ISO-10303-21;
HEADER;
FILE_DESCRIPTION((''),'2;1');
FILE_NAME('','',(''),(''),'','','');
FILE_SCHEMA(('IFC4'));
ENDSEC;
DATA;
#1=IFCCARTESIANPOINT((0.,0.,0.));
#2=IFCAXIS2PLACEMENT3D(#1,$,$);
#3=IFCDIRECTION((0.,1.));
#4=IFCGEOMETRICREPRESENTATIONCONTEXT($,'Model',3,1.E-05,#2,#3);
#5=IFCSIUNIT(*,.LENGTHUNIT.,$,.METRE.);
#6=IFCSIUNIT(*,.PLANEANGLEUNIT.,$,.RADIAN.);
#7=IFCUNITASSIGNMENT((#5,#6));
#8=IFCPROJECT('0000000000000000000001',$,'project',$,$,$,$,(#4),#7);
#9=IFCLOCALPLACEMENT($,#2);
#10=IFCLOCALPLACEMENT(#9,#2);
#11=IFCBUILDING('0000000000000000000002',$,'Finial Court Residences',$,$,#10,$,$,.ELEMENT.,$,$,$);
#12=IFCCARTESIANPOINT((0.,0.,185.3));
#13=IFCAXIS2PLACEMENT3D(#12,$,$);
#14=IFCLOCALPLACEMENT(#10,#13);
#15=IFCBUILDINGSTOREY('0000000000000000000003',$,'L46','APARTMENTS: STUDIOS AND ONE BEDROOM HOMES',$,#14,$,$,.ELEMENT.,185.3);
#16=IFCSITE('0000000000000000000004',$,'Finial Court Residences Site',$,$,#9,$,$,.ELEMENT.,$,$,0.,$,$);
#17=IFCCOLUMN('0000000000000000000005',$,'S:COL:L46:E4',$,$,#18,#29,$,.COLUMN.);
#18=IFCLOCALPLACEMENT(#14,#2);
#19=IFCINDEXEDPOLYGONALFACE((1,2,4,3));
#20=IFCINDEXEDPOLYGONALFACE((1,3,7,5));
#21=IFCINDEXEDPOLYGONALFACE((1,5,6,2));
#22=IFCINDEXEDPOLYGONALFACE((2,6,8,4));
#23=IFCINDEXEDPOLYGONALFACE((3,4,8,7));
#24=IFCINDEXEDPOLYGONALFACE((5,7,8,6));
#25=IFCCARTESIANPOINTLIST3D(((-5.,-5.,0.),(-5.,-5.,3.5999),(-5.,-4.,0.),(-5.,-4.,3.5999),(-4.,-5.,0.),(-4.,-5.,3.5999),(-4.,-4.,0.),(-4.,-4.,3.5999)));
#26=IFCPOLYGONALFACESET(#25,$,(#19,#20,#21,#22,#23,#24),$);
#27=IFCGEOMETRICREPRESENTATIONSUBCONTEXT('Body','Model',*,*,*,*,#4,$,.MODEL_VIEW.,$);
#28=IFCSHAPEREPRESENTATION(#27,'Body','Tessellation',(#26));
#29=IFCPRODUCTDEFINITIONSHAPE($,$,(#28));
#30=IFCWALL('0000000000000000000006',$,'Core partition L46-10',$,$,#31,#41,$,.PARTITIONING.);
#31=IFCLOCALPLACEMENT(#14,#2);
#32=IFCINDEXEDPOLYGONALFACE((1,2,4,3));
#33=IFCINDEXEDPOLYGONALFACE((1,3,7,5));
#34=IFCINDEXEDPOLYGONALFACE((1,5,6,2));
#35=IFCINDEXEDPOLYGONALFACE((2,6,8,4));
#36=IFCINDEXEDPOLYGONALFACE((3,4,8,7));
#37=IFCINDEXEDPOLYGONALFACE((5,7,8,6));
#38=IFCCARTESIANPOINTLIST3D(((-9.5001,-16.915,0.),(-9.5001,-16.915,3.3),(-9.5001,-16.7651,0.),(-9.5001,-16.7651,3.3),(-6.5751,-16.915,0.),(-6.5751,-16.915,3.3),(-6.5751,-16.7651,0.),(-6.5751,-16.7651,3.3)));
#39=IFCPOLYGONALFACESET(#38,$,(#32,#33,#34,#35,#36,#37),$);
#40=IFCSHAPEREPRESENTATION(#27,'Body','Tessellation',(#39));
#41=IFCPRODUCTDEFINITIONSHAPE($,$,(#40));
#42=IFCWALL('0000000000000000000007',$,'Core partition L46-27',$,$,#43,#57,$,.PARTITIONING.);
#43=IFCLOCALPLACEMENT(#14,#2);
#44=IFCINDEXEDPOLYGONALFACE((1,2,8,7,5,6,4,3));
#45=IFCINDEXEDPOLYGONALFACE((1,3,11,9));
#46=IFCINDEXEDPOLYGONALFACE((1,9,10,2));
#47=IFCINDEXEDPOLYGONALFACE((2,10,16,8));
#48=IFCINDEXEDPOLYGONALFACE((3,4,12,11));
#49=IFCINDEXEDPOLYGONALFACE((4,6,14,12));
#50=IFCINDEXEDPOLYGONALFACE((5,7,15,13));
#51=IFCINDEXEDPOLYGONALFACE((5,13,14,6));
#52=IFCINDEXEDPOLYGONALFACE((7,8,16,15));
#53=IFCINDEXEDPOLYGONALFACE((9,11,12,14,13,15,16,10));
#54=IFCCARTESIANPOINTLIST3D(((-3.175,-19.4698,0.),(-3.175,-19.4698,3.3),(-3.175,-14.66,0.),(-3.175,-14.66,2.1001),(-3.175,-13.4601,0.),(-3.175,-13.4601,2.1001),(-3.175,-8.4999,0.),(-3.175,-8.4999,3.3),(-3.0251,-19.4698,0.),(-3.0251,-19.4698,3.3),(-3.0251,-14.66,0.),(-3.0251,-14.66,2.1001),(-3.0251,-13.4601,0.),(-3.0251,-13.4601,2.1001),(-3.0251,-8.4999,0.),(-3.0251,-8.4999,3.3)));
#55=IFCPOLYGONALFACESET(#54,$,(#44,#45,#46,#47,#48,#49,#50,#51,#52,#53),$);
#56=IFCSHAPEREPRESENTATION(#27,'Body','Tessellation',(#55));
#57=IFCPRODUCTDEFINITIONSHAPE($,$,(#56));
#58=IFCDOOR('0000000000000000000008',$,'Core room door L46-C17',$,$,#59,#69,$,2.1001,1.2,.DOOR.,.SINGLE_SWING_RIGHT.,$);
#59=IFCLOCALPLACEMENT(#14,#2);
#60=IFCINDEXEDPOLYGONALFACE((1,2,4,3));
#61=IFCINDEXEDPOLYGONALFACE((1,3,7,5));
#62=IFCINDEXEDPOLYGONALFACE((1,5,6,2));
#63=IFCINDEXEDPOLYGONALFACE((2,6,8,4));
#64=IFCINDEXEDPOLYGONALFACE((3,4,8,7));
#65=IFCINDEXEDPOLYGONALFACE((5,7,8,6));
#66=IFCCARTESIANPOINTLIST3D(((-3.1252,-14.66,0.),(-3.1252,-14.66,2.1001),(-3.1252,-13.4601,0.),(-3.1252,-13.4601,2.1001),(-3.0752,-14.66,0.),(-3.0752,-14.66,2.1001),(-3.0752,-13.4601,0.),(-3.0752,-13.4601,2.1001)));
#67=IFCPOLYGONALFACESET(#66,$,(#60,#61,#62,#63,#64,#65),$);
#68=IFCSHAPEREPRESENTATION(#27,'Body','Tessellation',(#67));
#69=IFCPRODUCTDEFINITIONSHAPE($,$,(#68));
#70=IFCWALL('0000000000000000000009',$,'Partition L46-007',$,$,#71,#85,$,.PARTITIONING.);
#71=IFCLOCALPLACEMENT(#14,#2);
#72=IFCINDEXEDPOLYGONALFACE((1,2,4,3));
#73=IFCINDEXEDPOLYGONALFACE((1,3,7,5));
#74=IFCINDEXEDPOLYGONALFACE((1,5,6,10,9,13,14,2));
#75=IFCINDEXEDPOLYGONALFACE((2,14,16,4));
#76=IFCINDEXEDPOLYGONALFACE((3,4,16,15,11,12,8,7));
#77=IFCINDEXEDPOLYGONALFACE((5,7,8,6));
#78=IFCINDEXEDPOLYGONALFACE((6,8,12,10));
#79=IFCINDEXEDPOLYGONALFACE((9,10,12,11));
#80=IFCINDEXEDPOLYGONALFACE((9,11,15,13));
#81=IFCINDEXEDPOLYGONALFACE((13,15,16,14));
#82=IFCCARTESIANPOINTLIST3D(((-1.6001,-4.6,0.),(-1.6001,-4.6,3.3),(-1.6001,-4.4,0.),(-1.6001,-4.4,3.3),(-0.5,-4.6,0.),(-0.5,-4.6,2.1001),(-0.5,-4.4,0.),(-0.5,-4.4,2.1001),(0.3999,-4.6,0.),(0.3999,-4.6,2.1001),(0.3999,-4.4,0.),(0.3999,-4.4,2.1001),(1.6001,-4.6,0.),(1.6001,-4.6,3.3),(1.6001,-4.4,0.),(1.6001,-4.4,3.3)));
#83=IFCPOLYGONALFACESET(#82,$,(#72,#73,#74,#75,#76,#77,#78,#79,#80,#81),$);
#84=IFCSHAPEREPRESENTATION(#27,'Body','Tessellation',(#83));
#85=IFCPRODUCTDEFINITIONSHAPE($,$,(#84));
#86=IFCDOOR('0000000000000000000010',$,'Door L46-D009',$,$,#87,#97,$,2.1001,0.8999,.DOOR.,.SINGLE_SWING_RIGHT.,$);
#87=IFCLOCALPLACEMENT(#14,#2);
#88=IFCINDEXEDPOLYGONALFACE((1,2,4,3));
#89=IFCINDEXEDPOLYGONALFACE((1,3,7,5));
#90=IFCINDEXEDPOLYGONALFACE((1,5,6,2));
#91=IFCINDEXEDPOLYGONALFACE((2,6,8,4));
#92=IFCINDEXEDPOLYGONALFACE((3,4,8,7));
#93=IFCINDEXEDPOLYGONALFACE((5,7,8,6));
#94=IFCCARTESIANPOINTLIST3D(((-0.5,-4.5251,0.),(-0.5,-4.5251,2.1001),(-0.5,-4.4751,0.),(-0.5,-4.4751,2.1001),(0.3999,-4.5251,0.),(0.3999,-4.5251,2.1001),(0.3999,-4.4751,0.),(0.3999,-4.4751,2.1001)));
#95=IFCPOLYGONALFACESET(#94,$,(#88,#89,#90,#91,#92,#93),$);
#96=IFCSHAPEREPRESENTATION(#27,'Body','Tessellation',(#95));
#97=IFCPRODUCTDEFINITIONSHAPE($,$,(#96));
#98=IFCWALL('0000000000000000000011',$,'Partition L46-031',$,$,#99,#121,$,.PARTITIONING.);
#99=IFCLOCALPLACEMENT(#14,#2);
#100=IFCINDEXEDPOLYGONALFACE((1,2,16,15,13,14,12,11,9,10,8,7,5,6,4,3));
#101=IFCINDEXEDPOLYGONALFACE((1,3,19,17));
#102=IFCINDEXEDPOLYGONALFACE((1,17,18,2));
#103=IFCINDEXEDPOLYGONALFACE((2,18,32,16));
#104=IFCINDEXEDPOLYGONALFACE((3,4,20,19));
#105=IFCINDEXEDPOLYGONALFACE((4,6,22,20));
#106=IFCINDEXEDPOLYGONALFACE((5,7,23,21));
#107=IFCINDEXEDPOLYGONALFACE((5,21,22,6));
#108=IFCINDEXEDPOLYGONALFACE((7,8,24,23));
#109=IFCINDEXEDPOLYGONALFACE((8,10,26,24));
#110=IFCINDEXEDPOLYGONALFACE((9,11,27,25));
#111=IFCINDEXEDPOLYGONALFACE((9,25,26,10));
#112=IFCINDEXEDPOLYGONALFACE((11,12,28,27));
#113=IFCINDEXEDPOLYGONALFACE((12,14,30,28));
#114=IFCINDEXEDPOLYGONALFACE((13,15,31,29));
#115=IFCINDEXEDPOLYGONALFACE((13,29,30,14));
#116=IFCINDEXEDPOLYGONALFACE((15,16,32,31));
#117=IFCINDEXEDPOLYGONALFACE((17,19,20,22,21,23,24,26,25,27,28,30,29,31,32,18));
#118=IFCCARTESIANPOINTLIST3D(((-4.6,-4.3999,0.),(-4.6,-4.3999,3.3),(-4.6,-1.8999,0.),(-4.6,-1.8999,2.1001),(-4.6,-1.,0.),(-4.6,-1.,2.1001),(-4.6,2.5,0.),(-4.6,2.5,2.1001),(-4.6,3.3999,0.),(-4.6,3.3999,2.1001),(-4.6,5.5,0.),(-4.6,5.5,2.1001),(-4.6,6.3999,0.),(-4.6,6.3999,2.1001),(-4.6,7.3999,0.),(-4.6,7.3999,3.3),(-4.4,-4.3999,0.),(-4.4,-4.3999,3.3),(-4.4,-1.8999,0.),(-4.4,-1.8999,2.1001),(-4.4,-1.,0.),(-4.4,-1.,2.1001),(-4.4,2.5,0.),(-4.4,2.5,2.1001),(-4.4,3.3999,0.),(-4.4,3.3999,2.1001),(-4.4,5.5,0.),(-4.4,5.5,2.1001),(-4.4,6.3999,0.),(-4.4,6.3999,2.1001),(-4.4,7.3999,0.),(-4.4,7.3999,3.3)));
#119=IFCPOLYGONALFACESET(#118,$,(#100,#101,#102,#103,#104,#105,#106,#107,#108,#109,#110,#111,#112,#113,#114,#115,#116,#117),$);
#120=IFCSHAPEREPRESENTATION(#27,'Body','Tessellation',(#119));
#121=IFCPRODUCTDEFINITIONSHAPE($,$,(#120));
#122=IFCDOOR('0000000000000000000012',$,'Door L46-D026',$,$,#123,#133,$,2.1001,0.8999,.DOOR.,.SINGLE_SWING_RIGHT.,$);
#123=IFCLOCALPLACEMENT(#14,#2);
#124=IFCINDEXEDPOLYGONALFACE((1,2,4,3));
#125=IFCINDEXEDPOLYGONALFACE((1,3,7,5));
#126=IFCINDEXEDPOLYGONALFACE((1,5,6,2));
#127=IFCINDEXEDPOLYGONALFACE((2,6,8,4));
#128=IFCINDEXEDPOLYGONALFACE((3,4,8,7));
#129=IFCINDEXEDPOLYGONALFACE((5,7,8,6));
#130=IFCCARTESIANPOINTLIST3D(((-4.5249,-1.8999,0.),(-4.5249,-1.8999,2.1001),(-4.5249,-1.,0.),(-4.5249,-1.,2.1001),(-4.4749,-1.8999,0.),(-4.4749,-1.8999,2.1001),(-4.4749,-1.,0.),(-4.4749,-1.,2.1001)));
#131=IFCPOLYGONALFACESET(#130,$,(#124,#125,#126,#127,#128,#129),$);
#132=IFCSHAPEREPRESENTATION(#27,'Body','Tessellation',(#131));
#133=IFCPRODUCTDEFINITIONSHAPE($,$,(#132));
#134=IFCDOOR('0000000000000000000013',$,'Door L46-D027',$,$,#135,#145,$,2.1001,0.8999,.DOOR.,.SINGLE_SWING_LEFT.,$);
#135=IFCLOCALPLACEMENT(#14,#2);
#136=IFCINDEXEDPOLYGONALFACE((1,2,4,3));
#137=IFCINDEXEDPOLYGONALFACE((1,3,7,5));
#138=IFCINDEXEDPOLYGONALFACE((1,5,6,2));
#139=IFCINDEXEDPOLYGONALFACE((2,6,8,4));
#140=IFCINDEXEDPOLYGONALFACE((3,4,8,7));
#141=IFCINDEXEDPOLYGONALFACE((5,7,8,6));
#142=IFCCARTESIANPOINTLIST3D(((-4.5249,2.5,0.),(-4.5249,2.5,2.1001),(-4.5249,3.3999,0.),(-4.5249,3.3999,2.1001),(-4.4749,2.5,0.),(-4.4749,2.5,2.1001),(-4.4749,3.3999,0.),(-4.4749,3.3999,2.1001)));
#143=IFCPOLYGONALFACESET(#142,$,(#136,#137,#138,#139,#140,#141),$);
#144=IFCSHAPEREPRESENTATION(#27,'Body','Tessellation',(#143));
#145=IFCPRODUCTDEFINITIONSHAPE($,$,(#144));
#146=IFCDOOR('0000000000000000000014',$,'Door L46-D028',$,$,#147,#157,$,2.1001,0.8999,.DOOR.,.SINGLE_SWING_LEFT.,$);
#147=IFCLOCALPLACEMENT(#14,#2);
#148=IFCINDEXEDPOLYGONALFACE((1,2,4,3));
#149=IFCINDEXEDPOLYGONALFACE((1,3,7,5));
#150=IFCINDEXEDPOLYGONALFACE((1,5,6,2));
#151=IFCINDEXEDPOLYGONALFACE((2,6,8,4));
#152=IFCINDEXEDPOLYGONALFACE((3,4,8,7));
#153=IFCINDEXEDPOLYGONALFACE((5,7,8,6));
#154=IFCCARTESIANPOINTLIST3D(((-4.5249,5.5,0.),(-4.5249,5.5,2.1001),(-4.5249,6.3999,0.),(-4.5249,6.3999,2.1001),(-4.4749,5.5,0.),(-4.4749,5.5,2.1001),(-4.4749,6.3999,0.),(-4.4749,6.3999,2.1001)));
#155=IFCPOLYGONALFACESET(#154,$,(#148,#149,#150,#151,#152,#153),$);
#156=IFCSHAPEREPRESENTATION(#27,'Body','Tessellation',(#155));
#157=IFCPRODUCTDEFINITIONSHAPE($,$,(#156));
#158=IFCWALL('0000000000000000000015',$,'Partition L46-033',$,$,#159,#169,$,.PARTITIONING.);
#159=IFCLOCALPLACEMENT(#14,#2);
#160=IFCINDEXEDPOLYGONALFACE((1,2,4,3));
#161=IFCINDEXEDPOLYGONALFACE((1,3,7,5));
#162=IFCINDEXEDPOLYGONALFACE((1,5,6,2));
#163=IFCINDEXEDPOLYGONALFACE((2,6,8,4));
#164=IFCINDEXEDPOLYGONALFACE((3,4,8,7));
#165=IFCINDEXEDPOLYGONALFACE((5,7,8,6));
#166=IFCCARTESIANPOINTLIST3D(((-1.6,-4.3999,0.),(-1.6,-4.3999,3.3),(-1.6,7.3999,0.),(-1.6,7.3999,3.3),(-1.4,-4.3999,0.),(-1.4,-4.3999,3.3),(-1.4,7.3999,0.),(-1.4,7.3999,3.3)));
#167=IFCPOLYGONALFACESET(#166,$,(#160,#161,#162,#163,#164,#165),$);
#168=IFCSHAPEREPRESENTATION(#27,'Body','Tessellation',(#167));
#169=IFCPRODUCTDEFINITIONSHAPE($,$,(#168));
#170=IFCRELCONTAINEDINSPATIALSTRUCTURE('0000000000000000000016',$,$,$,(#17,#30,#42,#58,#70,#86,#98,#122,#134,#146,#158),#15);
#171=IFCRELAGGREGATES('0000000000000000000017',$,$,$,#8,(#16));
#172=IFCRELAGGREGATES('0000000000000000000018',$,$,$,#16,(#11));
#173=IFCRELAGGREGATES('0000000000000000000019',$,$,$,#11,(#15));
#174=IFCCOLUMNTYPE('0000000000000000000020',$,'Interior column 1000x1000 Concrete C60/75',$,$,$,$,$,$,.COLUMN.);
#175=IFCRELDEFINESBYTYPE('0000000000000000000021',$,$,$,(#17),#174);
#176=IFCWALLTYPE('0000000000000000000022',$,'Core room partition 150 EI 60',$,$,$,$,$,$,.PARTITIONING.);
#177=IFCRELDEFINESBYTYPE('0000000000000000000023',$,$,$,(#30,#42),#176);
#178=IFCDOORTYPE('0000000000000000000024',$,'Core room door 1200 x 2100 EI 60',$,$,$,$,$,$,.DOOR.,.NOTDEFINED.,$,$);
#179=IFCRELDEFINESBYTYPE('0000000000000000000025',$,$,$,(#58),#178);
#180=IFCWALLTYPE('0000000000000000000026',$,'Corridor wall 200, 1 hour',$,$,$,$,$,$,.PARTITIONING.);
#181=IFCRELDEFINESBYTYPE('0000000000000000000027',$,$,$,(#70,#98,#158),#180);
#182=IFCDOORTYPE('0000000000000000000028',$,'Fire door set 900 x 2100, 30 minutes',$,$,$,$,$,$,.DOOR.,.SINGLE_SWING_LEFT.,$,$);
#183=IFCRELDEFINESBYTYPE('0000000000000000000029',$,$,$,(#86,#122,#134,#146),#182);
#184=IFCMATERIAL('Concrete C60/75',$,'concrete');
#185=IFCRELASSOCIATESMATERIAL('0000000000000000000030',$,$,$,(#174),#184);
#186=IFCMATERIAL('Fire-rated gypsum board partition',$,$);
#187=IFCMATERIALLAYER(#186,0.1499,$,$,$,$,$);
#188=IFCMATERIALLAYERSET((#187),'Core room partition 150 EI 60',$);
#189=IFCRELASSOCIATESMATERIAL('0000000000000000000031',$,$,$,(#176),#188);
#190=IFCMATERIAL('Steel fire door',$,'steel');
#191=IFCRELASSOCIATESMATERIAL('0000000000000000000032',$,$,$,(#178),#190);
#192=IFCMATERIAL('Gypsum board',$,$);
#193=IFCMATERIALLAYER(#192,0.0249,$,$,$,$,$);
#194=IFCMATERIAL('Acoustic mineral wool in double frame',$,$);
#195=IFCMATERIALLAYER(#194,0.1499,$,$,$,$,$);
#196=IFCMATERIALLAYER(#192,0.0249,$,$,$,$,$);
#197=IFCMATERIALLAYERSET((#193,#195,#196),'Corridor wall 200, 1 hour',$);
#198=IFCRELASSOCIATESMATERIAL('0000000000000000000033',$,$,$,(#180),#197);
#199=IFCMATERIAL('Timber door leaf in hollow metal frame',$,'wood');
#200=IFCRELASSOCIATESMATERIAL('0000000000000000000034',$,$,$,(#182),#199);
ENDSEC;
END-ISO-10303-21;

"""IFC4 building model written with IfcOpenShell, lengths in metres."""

from ifc_helpers import new_model, si_unit, direction, frame, frame_2d, origin, origin_2d, place, context, subcontext, project, spatial, rectangle, extrude, material, layer, layer_set, material_profile, profile_set, type_object, element, fill, save


model = new_model("IFC4")

# Units and contexts
model_context = context("Model", 3, precision=1e-05, world=origin(), true_north=direction((0.0, 1.0)))
body_context = subcontext(model_context, "Body", "Model", "MODEL_VIEW")
ifc_project = project(units=[si_unit("LENGTHUNIT", "METRE"), si_unit("PLANEANGLEUNIT", "RADIAN")], contexts=[model_context])

# Site, building, storey
site_placement = place(None, origin())
site = spatial("IfcSite", under=ifc_project, at=site_placement, Name="Finial Court Residences Site", CompositionType="ELEMENT", RefElevation=0.0)
building_placement = place(site_placement, origin())
building = spatial("IfcBuilding", under=site, at=building_placement, Name="Finial Court Residences", CompositionType="ELEMENT")
storey_placement = place(building_placement, frame((0.0, 0.0, 185.3)))
storey = spatial("IfcBuildingStorey", under=building, at=storey_placement, Name="L46", Description="APARTMENTS: STUDIOS AND ONE BEDROOM HOMES", CompositionType="ELEMENT", Elevation=185.3)

# Column
ifc_material_1 = material(Name="Concrete C60/75", Category="concrete")
ifc_material_profile = material_profile(ifc_material_1, rectangle(XDim=1.0, YDim=1.0, at=origin_2d()), Name="1000x1000")
ifc_profile_set = profile_set([ifc_material_profile], Name="Concrete C60/75")
column_type = type_object("IfcColumnType", Name="Interior column 1000x1000 Concrete C60/75", PredefinedType="COLUMN", material=ifc_profile_set)
column_placement = place(storey_placement, frame((-4.5, -4.5, 0.0), z_axis=(0.0, 0.0, 1.0), x_axis=(1.0, 0.0, 0.0)))
element("IfcColumn", 1, at=column_placement, inside=storey, type_object=column_type, Name="S:COL:L46:E4", PredefinedType="COLUMN", context=body_context, shape_type="SweptSolid", body=[
    extrude(rectangle(XDim=1.0, YDim=1.0, at=origin_2d()), origin(), (0.0, 0.0, 1.0), 3.5999),
])

# Wall
ifc_material_2 = material(Name="Fire-rated gypsum board partition")
ifc_layer_1 = layer(ifc_material_2, 0.1499)
ifc_layer_set_1 = layer_set([ifc_layer_1], Name="Core room partition 150 EI 60")
wall_type_1 = type_object("IfcWallType", Name="Core room partition 150 EI 60", PredefinedType="PARTITIONING", material=ifc_layer_set_1)
wall_1_placement = place(storey_placement, frame((-9.5, -16.8401, 0.0), z_axis=(0.0, 0.0, 1.0), x_axis=(1.0, 0.0, 0.0)))
element("IfcWall", 2, at=wall_1_placement, inside=storey, type_object=wall_type_1, Name="Core partition L46-10", PredefinedType="PARTITIONING", context=body_context, shape_type="SweptSolid", body=[
    extrude(rectangle(XDim=2.925, YDim=0.1499, at=frame_2d((1.4624, 0.0))), origin(), (0.0, 0.0, 1.0), 3.3),
])

# Walls, openings, doors
wall_2_placement = place(storey_placement, frame((-3.1001, -8.5, 0.0), z_axis=(0.0, 0.0, 1.0), x_axis=(0.0, -1.0, 0.0)))
wall_2 = element("IfcWall", 3, at=wall_2_placement, inside=storey, type_object=wall_type_1, Name="Core partition L46-27", PredefinedType="PARTITIONING", context=body_context, shape_type="SweptSolid", body=[
    extrude(rectangle(XDim=10.97, YDim=0.1499, at=frame_2d((5.4849, 0.0))), origin(), (0.0, 0.0, 1.0), 3.3),
])
opening_1_placement = place(wall_2_placement, frame((4.96, 0.0, 0.0)))
opening_1 = element("IfcOpeningElement", 4, at=opening_1_placement, cuts=wall_2, PredefinedType="OPENING", context=body_context, shape_type="SweptSolid", body=[
    extrude(rectangle(XDim=1.2, YDim=2.1001, at=frame_2d((0.6001, 1.05))), frame((0.0, 0.085, 0.0), z_axis=(0.0, -1.0, 0.0), x_axis=(1.0, 0.0, 0.0)), (0.0, 0.0, 1.0), 0.1699),
])
ifc_material_3 = material(Name="Steel fire door", Category="steel")
door_type_1 = type_object("IfcDoorType", Name="Core room door 1200 x 2100 EI 60", OperationType="NOTDEFINED", PredefinedType="DOOR", material=ifc_material_3)
door_1_placement = place(opening_1_placement, origin())
door_1 = element("IfcDoor", 5, at=door_1_placement, inside=storey, type_object=door_type_1, Name="Core room door L46-C17", OperationType="SINGLE_SWING_RIGHT", OverallHeight=2.1001, OverallWidth=1.2, PredefinedType="DOOR", context=body_context, shape_type="SweptSolid", body=[
    extrude(rectangle(XDim=1.2, YDim=2.1001, at=frame_2d((0.6001, 1.05))), frame((0.0, 0.0249, 0.0), z_axis=(0.0, -1.0, 0.0), x_axis=(1.0, 0.0, 0.0)), (0.0, 0.0, 1.0), 0.05),
])
fill(opening_1, door_1)
ifc_material_4 = material(Name="Gypsum board")
ifc_layer_2 = layer(ifc_material_4, 0.0249)
ifc_material_5 = material(Name="Acoustic mineral wool in double frame")
ifc_layer_3 = layer(ifc_material_5, 0.1499)
ifc_layer_4 = layer(ifc_material_4, 0.0249)
ifc_layer_set_2 = layer_set([ifc_layer_2, ifc_layer_3, ifc_layer_4], Name="Corridor wall 200, 1 hour")
wall_type_2 = type_object("IfcWallType", Name="Corridor wall 200, 1 hour", PredefinedType="PARTITIONING", material=ifc_layer_set_2)
wall_3_placement = place(storey_placement, frame((-1.6001, -4.5, 0.0), z_axis=(0.0, 0.0, 1.0), x_axis=(1.0, 0.0, 0.0)))
wall_3 = element("IfcWall", 6, at=wall_3_placement, inside=storey, type_object=wall_type_2, Name="Partition L46-007", PredefinedType="PARTITIONING", context=body_context, shape_type="SweptSolid", body=[
    extrude(rectangle(XDim=3.2002, YDim=0.2, at=frame_2d((1.6001, 0.0))), origin(), (0.0, 0.0, 1.0), 3.3),
])
opening_2_placement = place(wall_3_placement, frame((1.1001, 0.0, 0.0)))
opening_2 = element("IfcOpeningElement", 7, at=opening_2_placement, cuts=wall_3, PredefinedType="OPENING", context=body_context, shape_type="SweptSolid", body=[
    extrude(rectangle(XDim=0.8999, YDim=2.1001, at=frame_2d((0.45, 1.05))), frame((0.0, 0.1099, 0.0), z_axis=(0.0, -1.0, 0.0), x_axis=(1.0, 0.0, 0.0)), (0.0, 0.0, 1.0), 0.22),
])
ifc_material_6 = material(Name="Timber door leaf in hollow metal frame", Category="wood")
door_type_2 = type_object("IfcDoorType", Name="Fire door set 900 x 2100, 30 minutes", OperationType="SINGLE_SWING_LEFT", PredefinedType="DOOR", material=ifc_material_6)
door_2_placement = place(opening_2_placement, origin())
door_2 = element("IfcDoor", 8, at=door_2_placement, inside=storey, type_object=door_type_2, Name="Door L46-D009", OperationType="SINGLE_SWING_RIGHT", OverallHeight=2.1001, OverallWidth=0.8999, PredefinedType="DOOR", context=body_context, shape_type="SweptSolid", body=[
    extrude(rectangle(XDim=0.8999, YDim=2.1001, at=frame_2d((0.45, 1.05))), frame((0.0, 0.0249, 0.0), z_axis=(0.0, -1.0, 0.0), x_axis=(1.0, 0.0, 0.0)), (0.0, 0.0, 1.0), 0.05),
])
fill(opening_2, door_2)

# Wall, openings, doors
wall_4_placement = place(storey_placement, frame((-4.5, -4.3999, 0.0), z_axis=(0.0, 0.0, 1.0), x_axis=(0.0, 1.0, 0.0)))
wall_4 = element("IfcWall", 9, at=wall_4_placement, inside=storey, type_object=wall_type_2, Name="Partition L46-031", PredefinedType="PARTITIONING", context=body_context, shape_type="SweptSolid", body=[
    extrude(rectangle(XDim=11.7998, YDim=0.2, at=frame_2d((5.8999, 0.0))), origin(), (0.0, 0.0, 1.0), 3.3),
])
opening_3_placement = place(wall_4_placement, frame((2.5, 0.0, 0.0)))
opening_3 = element("IfcOpeningElement", 10, at=opening_3_placement, cuts=wall_4, PredefinedType="OPENING", context=body_context, shape_type="SweptSolid", body=[
    extrude(rectangle(XDim=0.8999, YDim=2.1001, at=frame_2d((0.45, 1.05))), frame((0.0, 0.1099, 0.0), z_axis=(0.0, -1.0, 0.0), x_axis=(1.0, 0.0, 0.0)), (0.0, 0.0, 1.0), 0.22),
])
opening_4_placement = place(wall_4_placement, frame((6.8999, 0.0, 0.0)))
opening_4 = element("IfcOpeningElement", 11, at=opening_4_placement, cuts=wall_4, PredefinedType="OPENING", context=body_context, shape_type="SweptSolid", body=[
    extrude(rectangle(XDim=0.8999, YDim=2.1001, at=frame_2d((0.45, 1.05))), frame((0.0, 0.1099, 0.0), z_axis=(0.0, -1.0, 0.0), x_axis=(1.0, 0.0, 0.0)), (0.0, 0.0, 1.0), 0.22),
])
opening_5_placement = place(wall_4_placement, frame((9.8999, 0.0, 0.0)))
opening_5 = element("IfcOpeningElement", 12, at=opening_5_placement, cuts=wall_4, PredefinedType="OPENING", context=body_context, shape_type="SweptSolid", body=[
    extrude(rectangle(XDim=0.8999, YDim=2.1001, at=frame_2d((0.45, 1.05))), frame((0.0, 0.1099, 0.0), z_axis=(0.0, -1.0, 0.0), x_axis=(1.0, 0.0, 0.0)), (0.0, 0.0, 1.0), 0.22),
])
door_3_placement = place(opening_3_placement, origin())
door_3 = element("IfcDoor", 13, at=door_3_placement, inside=storey, type_object=door_type_2, Name="Door L46-D026", OperationType="SINGLE_SWING_RIGHT", OverallHeight=2.1001, OverallWidth=0.8999, PredefinedType="DOOR", context=body_context, shape_type="SweptSolid", body=[
    extrude(rectangle(XDim=0.8999, YDim=2.1001, at=frame_2d((0.45, 1.05))), frame((0.0, 0.0249, 0.0), z_axis=(0.0, -1.0, 0.0), x_axis=(1.0, 0.0, 0.0)), (0.0, 0.0, 1.0), 0.05),
])
fill(opening_3, door_3)
door_4_placement = place(opening_4_placement, origin())
door_4 = element("IfcDoor", 14, at=door_4_placement, inside=storey, type_object=door_type_2, Name="Door L46-D027", OperationType="SINGLE_SWING_LEFT", OverallHeight=2.1001, OverallWidth=0.8999, PredefinedType="DOOR", context=body_context, shape_type="SweptSolid", body=[
    extrude(rectangle(XDim=0.8999, YDim=2.1001, at=frame_2d((0.45, 1.05))), frame((0.0, 0.0249, 0.0), z_axis=(0.0, -1.0, 0.0), x_axis=(1.0, 0.0, 0.0)), (0.0, 0.0, 1.0), 0.05),
])
fill(opening_4, door_4)
door_5_placement = place(opening_5_placement, origin())
door_5 = element("IfcDoor", 15, at=door_5_placement, inside=storey, type_object=door_type_2, Name="Door L46-D028", OperationType="SINGLE_SWING_LEFT", OverallHeight=2.1001, OverallWidth=0.8999, PredefinedType="DOOR", context=body_context, shape_type="SweptSolid", body=[
    extrude(rectangle(XDim=0.8999, YDim=2.1001, at=frame_2d((0.45, 1.05))), frame((0.0, 0.0249, 0.0), z_axis=(0.0, -1.0, 0.0), x_axis=(1.0, 0.0, 0.0)), (0.0, 0.0, 1.0), 0.05),
])
fill(opening_5, door_5)

# Wall
wall_5_placement = place(storey_placement, frame((-1.5, -4.3999, 0.0), z_axis=(0.0, 0.0, 1.0), x_axis=(0.0, 1.0, 0.0)))
element("IfcWall", 16, at=wall_5_placement, inside=storey, type_object=wall_type_2, Name="Partition L46-033", PredefinedType="PARTITIONING", context=body_context, shape_type="SweptSolid", body=[
    extrude(rectangle(XDim=11.7998, YDim=0.2, at=frame_2d((5.8999, 0.0))), origin(), (0.0, 0.0, 1.0), 3.3),
])

save(model, "model.ifc")
